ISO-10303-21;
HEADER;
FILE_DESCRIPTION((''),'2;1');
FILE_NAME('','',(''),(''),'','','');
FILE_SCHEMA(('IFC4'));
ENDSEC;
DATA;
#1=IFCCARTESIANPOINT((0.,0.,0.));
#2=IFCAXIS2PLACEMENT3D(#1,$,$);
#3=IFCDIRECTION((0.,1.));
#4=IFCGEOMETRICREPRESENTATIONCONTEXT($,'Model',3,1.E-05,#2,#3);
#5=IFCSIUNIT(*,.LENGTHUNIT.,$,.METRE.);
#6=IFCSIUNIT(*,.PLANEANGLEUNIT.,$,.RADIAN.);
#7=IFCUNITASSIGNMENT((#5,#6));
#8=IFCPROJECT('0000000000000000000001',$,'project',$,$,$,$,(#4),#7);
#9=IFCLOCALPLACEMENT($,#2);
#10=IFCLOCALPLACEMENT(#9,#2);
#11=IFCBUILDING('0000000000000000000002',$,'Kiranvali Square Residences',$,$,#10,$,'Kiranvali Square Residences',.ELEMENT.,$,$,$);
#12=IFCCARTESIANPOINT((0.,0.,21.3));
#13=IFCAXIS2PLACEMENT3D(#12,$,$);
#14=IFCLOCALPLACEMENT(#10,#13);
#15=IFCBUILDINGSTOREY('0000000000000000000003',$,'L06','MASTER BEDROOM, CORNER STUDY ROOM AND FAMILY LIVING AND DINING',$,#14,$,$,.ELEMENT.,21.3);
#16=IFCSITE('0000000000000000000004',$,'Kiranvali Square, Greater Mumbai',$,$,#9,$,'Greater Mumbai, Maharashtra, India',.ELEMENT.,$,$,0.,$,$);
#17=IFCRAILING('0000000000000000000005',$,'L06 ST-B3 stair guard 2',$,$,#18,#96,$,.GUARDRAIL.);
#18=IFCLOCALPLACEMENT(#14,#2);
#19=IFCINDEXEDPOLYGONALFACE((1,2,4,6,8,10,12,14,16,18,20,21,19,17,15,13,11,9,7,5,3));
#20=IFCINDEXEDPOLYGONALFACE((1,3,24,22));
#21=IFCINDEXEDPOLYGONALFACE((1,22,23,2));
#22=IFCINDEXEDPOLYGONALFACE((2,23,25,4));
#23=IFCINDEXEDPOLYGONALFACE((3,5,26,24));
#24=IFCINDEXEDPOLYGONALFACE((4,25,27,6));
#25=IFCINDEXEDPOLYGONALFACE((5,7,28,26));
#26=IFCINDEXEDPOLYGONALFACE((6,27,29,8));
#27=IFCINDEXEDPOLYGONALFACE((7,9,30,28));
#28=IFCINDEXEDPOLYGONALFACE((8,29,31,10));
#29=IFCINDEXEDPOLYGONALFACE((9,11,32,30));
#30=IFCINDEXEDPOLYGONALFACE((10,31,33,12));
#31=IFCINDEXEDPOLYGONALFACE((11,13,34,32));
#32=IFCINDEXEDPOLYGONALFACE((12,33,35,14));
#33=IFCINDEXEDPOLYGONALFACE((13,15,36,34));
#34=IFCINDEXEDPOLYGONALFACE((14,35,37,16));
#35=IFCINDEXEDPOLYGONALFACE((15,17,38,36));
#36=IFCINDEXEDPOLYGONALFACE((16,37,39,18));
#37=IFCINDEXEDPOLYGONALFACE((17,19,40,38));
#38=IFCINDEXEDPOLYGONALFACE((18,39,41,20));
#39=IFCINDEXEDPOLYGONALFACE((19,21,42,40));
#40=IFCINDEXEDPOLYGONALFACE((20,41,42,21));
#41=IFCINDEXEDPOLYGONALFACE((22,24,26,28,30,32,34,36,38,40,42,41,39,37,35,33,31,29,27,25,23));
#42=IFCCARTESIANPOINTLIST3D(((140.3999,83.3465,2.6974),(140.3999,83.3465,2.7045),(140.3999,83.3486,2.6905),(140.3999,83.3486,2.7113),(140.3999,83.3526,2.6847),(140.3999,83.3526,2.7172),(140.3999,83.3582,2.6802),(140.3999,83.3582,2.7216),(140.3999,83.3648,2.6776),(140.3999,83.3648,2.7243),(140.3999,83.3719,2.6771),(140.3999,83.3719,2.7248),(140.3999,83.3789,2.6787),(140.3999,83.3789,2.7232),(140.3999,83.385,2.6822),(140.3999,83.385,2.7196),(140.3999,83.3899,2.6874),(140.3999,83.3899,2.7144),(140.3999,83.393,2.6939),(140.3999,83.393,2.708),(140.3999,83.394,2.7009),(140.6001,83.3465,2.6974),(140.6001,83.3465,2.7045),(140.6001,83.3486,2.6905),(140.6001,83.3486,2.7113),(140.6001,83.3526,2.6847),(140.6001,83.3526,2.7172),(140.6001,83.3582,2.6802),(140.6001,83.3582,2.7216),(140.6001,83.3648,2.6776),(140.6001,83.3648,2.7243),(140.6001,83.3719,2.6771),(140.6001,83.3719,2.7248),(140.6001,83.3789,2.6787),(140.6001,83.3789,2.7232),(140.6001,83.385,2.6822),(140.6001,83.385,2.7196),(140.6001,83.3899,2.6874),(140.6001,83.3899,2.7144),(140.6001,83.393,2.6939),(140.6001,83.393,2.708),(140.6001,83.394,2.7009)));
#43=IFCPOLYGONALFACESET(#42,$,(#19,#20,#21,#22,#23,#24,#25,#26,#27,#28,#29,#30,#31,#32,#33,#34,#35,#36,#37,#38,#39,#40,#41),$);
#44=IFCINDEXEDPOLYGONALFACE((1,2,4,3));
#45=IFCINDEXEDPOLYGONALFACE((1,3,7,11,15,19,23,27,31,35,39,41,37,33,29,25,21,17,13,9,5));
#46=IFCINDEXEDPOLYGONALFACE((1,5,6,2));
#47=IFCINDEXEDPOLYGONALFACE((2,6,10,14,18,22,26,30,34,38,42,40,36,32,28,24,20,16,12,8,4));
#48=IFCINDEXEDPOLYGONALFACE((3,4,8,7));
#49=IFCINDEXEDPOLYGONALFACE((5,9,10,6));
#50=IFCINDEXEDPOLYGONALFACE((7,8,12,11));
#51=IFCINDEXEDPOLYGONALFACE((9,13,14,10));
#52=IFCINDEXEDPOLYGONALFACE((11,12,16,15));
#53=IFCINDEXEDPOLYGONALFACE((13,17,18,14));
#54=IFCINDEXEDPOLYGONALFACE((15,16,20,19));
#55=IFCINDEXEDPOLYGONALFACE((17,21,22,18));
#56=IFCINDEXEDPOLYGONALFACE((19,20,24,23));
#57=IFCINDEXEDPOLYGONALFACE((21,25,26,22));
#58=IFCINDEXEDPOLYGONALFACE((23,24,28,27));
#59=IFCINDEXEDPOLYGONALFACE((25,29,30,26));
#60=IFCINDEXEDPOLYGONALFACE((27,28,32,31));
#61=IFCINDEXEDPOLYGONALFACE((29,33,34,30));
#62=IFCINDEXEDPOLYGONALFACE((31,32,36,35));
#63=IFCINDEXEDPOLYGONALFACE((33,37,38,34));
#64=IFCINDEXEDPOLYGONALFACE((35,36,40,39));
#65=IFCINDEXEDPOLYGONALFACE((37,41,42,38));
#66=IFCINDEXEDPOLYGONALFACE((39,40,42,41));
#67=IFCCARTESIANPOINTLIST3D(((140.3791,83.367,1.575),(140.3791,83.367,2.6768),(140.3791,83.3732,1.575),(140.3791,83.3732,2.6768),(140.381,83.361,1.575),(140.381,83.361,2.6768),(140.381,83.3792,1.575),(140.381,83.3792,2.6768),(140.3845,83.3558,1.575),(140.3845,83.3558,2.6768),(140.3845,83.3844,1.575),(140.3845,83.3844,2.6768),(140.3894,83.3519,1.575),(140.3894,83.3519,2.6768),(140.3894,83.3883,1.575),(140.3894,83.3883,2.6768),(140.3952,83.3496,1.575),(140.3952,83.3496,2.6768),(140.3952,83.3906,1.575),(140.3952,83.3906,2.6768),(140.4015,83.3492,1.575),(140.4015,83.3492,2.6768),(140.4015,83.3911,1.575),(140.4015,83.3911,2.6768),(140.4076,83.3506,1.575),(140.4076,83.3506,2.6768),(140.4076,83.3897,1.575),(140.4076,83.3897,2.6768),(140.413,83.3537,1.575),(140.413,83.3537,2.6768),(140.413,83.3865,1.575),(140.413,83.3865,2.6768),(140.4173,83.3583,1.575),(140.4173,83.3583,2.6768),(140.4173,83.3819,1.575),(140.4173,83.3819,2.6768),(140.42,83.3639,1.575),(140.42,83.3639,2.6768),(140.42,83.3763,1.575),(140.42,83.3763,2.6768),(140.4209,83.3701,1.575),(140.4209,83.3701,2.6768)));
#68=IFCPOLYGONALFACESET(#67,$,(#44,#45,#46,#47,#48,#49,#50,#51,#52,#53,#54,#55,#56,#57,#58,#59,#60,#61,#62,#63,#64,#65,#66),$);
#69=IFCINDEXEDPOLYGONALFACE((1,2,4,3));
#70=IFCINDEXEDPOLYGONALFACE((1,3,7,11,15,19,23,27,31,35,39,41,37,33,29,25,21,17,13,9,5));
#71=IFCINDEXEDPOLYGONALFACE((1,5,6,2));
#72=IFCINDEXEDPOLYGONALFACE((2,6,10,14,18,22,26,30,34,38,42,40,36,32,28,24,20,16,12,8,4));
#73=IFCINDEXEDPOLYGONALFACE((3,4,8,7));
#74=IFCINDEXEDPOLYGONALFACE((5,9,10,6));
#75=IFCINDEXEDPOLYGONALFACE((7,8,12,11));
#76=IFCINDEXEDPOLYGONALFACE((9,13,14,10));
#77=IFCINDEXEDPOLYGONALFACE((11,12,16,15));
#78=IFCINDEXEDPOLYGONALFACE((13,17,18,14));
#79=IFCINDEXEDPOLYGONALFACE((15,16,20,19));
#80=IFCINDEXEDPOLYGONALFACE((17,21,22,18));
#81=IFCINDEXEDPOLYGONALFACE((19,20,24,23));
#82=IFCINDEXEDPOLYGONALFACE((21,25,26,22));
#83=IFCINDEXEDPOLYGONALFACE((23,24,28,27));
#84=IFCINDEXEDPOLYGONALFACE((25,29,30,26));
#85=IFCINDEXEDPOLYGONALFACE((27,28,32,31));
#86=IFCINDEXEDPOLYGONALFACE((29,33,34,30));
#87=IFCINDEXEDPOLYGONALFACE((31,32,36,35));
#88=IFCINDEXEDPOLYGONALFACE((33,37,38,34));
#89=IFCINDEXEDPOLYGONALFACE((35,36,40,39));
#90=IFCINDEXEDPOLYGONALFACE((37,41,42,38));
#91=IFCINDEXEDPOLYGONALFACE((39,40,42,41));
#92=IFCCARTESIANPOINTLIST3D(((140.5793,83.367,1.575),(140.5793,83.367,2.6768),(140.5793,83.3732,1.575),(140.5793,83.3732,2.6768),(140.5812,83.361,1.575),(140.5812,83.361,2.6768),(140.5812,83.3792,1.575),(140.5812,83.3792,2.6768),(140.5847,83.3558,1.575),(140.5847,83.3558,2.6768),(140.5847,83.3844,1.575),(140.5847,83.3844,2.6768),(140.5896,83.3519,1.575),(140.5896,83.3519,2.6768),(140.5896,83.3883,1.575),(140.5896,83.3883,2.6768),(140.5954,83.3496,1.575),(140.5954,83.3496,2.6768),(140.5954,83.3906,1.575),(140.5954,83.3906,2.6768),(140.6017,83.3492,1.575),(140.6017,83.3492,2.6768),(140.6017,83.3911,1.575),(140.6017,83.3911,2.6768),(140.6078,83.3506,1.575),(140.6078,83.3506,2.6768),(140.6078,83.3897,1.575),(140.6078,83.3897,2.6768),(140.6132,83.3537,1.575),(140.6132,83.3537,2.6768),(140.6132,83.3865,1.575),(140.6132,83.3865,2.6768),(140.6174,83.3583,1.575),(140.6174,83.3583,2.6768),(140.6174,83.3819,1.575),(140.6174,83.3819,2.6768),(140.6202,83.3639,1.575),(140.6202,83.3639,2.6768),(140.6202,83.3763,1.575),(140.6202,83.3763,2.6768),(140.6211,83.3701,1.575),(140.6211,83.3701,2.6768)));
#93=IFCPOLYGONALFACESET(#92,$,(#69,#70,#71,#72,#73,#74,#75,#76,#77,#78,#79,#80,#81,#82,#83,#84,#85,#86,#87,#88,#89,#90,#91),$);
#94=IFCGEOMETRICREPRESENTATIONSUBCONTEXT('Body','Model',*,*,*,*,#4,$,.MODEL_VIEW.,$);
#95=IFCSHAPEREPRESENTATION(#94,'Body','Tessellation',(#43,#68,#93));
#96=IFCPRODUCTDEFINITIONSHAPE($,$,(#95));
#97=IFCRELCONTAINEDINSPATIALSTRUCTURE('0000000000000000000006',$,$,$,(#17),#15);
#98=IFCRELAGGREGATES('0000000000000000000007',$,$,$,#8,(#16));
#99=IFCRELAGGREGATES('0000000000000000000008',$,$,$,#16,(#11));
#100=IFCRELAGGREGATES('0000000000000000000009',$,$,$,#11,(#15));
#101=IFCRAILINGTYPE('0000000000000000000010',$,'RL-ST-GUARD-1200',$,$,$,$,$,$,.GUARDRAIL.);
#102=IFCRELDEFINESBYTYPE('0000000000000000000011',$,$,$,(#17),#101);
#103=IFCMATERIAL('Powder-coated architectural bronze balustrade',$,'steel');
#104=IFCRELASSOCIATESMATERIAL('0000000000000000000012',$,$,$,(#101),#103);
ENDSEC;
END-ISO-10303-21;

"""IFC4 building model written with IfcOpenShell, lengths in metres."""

from ifc_helpers import new_model, si_unit, direction, frame, origin, origin_2d, place, context, subcontext, project, spatial, circle, extrude, material, type_object, element, save


model = new_model("IFC4")

# Units and contexts
model_context = context("Model", 3, precision=1e-05, world=origin(), true_north=direction((0.0, 1.0)))
body_context = subcontext(model_context, "Body", "Model", "MODEL_VIEW")
ifc_project = project(units=[si_unit("LENGTHUNIT", "METRE"), si_unit("PLANEANGLEUNIT", "RADIAN")], contexts=[model_context])

# Site, building, storey
site_placement = place(None, origin())
site = spatial("IfcSite", under=ifc_project, at=site_placement, Name="Kiranvali Square, Greater Mumbai", LongName="Greater Mumbai, Maharashtra, India", CompositionType="ELEMENT", RefElevation=0.0)
building_placement = place(site_placement, origin())
building = spatial("IfcBuilding", under=site, at=building_placement, Name="Kiranvali Square Residences", LongName="Kiranvali Square Residences", CompositionType="ELEMENT")
storey_placement = place(building_placement, frame((0.0, 0.0, 21.3)))
storey = spatial("IfcBuildingStorey", under=building, at=storey_placement, Name="L06", Description="MASTER BEDROOM, CORNER STUDY ROOM AND FAMILY LIVING AND DINING", CompositionType="ELEMENT", Elevation=21.3)

# Railing
ifc_material_1 = material(Name="Powder-coated architectural bronze balustrade", Category="steel")
railing_type_1 = type_object("IfcRailingType", Name="RL-ST-GUARD-1200", PredefinedType="GUARDRAIL", material=ifc_material_1)
railing_1_placement = place(storey_placement, frame((140.3999, 83.3701, 1.575)))
element("IfcRailing", 1, at=railing_1_placement, inside=storey, type_object=railing_type_1, Name="L06 ST-B3 stair guard 2", PredefinedType="GUARDRAIL", context=body_context, shape_type="SweptSolid", body=[
    extrude(circle(Radius=0.0239, at=origin_2d()), frame((0.0, 0.0, 1.126), z_axis=(1.0, 0.0, 0.0), x_axis=(0.0, 1.0, 0.0)), (0.0, 0.0, 1.0), 0.2002),
    extrude(circle(Radius=0.021, at=origin_2d()), origin(), (0.0, 0.0, 1.0), 1.1018),
    extrude(circle(Radius=0.021, at=origin_2d()), frame((0.2002, 0.0, 0.0)), (0.0, 0.0, 1.0), 1.1018),
])

save(model, "model.ifc")
